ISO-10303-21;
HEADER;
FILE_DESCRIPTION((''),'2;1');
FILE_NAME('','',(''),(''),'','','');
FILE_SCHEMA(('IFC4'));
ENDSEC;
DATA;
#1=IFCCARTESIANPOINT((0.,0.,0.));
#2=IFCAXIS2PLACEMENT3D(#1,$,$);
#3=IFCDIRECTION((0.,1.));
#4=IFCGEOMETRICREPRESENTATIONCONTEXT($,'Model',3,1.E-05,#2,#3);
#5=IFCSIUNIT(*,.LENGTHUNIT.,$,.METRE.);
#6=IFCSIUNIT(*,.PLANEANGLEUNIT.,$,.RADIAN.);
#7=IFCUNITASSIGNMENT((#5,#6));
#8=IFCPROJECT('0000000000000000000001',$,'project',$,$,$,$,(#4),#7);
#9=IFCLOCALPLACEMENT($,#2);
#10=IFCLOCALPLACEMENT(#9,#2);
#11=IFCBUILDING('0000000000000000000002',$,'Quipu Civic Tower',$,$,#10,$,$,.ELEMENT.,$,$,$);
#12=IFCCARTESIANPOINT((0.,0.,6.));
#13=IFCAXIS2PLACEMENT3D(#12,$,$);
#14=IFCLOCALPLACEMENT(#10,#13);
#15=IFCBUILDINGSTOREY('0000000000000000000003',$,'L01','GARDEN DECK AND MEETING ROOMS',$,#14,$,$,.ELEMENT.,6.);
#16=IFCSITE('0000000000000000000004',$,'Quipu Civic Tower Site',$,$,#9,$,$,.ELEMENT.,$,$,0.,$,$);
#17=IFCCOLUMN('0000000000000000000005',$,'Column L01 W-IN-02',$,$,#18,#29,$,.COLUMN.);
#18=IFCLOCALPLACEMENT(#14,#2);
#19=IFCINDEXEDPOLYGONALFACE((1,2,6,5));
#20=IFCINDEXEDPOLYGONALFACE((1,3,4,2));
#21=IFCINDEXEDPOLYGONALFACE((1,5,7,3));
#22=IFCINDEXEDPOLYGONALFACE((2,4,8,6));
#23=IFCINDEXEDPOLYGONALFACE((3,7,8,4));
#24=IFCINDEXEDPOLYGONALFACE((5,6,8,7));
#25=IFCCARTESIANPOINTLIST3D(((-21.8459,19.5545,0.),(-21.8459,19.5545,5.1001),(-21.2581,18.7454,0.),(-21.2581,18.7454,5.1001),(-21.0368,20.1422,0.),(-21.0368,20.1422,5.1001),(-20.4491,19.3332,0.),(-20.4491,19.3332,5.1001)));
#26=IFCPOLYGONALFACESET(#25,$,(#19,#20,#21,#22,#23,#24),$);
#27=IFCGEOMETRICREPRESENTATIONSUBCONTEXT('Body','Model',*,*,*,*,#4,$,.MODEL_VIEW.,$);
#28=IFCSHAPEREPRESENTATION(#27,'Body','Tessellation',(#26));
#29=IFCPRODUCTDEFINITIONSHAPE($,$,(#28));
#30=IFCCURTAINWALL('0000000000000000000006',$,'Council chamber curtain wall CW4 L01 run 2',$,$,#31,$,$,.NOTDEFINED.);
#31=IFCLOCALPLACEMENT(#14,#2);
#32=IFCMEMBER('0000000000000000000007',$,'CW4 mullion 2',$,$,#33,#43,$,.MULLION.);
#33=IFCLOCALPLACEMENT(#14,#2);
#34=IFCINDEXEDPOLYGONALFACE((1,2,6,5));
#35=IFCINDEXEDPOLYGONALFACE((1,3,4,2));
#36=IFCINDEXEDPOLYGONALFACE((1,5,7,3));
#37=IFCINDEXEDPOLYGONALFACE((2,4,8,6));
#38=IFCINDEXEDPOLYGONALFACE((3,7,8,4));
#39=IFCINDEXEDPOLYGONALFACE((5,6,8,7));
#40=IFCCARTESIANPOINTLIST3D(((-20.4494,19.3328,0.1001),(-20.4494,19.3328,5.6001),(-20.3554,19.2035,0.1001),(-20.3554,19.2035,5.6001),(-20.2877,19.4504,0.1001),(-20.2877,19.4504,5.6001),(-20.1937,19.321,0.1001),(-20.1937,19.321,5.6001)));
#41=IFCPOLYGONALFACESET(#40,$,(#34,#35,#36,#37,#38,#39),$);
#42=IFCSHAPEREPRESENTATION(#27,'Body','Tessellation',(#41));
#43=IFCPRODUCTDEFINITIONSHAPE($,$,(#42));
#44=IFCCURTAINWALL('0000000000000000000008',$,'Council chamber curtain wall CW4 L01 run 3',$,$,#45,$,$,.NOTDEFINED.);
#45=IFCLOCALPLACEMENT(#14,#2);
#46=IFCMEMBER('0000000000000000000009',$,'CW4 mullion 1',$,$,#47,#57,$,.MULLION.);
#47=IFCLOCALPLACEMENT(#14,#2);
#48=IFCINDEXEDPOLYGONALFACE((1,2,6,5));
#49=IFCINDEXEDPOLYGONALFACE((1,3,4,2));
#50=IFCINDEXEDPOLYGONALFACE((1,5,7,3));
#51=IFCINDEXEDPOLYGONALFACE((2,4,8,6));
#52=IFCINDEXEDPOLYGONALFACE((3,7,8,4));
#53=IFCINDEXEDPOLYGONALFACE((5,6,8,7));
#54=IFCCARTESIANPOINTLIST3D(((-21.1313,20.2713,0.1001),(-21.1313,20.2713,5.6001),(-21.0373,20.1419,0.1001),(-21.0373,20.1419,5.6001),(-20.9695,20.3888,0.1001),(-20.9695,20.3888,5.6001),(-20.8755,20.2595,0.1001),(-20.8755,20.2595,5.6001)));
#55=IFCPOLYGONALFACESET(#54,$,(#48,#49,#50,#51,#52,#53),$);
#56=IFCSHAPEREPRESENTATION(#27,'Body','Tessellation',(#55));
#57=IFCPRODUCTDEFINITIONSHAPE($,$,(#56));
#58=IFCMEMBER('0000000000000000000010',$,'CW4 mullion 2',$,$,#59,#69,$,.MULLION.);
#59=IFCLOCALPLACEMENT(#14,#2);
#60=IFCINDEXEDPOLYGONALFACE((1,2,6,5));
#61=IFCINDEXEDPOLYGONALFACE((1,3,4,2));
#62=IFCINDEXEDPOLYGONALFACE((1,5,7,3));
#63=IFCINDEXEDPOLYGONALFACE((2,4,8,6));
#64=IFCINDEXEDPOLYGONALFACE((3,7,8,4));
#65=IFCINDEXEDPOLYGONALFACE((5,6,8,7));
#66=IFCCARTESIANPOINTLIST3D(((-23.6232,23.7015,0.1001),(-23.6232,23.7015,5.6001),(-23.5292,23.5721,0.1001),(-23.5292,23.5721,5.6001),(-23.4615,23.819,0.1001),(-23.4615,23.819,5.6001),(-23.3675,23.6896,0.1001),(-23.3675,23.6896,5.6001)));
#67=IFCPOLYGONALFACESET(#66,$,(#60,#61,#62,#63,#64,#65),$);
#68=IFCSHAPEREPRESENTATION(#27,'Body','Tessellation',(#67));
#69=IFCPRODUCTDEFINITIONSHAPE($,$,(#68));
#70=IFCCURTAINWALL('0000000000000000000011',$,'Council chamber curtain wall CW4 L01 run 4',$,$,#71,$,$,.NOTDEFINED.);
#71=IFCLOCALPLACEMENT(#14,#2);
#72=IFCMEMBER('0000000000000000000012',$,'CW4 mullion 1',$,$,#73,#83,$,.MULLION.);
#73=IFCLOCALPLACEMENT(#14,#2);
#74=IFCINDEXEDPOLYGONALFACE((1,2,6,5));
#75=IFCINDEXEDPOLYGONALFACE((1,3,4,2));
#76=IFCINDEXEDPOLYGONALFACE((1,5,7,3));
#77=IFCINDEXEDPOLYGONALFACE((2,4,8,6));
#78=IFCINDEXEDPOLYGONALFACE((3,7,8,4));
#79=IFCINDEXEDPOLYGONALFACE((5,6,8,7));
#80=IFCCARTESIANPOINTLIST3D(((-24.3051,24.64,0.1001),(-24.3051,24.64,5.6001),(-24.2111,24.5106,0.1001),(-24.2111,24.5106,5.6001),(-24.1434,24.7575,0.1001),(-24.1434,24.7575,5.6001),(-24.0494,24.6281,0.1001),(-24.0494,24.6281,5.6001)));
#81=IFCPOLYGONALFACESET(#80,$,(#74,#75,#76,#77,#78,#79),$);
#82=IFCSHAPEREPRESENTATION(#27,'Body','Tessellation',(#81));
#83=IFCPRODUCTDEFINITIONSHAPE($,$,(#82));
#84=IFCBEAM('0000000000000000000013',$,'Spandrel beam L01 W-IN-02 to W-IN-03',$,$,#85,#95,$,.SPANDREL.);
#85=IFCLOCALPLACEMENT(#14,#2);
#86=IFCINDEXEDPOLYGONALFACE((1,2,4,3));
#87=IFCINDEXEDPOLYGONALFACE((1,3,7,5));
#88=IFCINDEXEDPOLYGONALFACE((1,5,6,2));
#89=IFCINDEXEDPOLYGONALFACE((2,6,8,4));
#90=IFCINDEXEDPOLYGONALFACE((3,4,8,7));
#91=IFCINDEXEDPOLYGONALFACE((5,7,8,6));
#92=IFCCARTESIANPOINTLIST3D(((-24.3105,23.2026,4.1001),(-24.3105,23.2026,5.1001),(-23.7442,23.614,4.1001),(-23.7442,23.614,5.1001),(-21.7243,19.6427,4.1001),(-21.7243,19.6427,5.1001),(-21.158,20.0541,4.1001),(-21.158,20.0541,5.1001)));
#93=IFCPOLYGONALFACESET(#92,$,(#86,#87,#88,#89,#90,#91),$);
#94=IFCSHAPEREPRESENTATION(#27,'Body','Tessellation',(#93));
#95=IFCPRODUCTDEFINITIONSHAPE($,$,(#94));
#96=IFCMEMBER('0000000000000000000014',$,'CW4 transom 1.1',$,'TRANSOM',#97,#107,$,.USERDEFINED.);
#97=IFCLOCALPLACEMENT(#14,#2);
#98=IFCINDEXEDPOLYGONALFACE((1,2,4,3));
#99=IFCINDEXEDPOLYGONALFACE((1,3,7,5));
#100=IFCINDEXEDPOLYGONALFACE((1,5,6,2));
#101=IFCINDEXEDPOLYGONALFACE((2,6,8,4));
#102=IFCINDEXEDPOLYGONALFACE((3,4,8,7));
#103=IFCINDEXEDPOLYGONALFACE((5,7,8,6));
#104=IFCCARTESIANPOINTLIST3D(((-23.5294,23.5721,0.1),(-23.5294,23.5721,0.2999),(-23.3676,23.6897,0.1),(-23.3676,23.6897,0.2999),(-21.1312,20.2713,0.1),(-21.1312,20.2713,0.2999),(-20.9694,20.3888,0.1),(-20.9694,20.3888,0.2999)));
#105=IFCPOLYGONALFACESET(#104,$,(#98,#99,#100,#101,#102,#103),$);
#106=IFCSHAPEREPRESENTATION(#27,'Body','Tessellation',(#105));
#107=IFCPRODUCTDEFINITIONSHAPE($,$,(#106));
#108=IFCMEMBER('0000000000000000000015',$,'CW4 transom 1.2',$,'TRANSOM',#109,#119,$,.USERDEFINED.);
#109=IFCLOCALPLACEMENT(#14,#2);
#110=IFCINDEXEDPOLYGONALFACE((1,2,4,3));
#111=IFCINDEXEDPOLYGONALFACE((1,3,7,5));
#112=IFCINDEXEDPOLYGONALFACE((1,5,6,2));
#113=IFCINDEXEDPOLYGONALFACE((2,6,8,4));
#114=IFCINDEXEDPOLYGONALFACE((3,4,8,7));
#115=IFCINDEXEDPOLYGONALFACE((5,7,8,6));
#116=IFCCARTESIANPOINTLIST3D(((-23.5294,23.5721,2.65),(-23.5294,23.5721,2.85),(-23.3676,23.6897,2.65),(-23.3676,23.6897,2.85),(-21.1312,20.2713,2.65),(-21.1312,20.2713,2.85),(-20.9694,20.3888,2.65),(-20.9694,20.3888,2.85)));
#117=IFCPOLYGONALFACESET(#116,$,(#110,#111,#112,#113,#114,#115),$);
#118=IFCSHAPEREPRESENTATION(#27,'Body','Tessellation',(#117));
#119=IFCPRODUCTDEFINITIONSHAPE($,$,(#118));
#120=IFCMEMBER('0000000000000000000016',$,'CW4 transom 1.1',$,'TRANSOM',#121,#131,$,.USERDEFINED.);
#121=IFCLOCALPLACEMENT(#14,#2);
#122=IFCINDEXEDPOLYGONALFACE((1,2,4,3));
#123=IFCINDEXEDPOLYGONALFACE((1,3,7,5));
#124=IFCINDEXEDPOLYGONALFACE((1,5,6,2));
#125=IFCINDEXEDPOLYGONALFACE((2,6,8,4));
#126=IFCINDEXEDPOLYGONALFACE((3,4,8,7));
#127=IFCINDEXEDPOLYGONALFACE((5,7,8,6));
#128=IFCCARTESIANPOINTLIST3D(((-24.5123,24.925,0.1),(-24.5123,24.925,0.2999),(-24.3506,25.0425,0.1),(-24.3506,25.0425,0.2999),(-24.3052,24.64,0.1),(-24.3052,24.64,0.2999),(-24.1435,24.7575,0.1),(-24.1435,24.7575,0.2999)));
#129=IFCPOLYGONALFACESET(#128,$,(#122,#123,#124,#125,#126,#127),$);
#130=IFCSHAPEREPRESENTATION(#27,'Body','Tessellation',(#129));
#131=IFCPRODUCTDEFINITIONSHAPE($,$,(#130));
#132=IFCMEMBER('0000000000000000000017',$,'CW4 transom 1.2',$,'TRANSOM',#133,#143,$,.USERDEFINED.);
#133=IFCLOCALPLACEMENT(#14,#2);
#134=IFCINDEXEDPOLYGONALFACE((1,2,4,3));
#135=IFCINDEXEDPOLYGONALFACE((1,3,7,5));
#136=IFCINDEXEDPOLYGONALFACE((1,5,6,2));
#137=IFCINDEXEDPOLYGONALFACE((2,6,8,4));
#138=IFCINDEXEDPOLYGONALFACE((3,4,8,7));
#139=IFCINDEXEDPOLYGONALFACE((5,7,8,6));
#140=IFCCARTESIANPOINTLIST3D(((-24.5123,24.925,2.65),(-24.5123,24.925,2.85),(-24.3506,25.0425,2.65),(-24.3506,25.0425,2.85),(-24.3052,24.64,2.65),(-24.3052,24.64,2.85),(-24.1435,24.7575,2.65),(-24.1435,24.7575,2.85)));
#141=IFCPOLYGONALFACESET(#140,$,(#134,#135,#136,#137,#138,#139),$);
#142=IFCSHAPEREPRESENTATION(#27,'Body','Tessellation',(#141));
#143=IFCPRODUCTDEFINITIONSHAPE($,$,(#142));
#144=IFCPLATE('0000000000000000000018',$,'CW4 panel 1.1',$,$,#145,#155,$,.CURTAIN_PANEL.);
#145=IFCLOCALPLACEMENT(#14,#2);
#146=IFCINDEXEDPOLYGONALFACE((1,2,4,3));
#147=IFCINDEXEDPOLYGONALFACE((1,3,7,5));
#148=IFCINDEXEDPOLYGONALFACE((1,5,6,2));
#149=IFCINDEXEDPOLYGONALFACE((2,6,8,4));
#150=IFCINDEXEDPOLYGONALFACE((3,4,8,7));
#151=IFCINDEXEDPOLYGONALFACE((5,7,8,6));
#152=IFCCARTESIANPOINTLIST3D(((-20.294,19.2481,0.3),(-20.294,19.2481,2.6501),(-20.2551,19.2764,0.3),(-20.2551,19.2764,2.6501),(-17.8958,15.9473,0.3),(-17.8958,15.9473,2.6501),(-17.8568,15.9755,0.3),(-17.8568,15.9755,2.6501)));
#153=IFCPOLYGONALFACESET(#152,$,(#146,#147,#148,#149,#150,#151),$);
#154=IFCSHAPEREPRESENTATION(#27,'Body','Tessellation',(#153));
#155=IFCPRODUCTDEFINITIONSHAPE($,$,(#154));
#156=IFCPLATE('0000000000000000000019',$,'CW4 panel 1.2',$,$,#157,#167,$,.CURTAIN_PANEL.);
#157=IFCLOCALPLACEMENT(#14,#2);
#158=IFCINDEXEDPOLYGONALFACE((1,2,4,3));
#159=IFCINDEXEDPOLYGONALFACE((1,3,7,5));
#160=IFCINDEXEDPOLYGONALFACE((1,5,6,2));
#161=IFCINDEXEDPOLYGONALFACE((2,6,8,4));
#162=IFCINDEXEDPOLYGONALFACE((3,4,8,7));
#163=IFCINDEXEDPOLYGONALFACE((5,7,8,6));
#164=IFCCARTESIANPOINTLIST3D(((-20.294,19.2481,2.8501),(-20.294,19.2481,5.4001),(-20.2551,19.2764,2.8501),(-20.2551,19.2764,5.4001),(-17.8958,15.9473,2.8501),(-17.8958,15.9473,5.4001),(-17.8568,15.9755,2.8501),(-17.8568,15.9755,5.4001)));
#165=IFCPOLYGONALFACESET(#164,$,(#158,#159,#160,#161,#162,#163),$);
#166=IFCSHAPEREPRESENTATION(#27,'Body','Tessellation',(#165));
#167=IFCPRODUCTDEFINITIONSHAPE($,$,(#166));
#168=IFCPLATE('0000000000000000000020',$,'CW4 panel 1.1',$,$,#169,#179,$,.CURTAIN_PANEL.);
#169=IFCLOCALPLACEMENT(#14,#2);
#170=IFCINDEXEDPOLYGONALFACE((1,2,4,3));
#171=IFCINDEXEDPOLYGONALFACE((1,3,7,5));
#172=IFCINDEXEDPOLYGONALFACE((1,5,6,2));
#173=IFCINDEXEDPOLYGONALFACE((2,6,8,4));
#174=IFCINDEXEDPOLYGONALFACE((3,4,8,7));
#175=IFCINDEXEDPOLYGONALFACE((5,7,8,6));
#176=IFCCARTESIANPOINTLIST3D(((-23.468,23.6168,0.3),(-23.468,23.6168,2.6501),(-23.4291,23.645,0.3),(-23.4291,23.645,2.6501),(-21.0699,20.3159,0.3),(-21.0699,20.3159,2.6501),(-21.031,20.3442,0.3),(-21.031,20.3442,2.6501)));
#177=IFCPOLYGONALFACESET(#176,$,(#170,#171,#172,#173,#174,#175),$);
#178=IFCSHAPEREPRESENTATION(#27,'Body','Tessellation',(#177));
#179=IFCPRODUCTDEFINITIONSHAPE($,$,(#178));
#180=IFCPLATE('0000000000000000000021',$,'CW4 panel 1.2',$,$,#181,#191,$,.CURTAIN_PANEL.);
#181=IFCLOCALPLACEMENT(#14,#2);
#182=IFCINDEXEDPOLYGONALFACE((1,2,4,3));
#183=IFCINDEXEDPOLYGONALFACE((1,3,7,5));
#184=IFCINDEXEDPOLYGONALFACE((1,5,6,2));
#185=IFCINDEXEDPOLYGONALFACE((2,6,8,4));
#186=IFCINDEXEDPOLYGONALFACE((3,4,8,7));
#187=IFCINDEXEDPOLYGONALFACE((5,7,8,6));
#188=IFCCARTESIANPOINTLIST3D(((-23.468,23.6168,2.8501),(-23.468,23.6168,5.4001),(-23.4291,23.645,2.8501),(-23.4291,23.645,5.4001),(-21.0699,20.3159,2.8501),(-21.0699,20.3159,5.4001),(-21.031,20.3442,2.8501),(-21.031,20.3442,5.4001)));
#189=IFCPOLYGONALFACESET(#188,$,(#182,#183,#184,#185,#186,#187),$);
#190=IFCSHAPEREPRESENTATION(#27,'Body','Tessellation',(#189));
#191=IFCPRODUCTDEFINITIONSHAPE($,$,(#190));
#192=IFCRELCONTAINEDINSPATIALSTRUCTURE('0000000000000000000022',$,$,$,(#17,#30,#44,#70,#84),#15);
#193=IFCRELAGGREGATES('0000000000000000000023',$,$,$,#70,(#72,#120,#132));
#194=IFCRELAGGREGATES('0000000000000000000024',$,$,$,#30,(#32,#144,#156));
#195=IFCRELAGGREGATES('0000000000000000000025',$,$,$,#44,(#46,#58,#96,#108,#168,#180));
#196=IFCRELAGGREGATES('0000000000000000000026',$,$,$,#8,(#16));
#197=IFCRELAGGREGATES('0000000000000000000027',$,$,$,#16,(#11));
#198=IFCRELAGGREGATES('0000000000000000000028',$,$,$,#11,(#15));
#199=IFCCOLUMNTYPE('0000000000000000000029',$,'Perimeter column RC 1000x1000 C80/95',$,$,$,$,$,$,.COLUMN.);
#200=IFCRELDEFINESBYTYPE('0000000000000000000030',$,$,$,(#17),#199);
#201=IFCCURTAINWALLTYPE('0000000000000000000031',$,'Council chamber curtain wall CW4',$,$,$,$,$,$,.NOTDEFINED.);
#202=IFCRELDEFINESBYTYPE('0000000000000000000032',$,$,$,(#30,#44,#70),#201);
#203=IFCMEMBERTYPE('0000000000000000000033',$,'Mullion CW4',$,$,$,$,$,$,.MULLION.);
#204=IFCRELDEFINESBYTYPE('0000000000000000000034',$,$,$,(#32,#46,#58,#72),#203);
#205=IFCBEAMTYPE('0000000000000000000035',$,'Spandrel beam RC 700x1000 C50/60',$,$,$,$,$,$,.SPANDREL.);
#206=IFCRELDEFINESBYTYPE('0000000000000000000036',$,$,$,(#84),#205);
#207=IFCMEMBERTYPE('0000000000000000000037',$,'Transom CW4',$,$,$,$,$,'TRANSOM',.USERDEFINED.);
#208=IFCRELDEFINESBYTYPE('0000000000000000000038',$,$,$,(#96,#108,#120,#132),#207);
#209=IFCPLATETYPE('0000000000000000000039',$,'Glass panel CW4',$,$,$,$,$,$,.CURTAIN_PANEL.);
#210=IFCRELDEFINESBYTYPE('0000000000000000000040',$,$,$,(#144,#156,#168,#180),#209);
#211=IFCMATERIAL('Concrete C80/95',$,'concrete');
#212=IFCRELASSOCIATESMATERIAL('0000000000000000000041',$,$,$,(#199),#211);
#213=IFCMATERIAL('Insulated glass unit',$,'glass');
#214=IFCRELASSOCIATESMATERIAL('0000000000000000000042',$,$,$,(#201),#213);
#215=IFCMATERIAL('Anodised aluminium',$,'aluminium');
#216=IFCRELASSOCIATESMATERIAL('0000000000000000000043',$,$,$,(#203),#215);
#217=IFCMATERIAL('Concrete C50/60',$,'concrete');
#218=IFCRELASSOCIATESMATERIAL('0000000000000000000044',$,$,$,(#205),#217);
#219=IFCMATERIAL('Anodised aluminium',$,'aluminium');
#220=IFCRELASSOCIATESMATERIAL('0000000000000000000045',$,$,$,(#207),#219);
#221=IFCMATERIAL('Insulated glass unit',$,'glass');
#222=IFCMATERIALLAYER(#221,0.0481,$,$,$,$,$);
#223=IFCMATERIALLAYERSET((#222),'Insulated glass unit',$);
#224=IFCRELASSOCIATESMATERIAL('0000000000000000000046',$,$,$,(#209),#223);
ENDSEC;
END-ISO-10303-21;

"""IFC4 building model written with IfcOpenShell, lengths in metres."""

from ifc_helpers import new_model, si_unit, direction, frame, origin, origin_2d, place, context, subcontext, project, spatial, rectangle, extrude, material, layer, layer_set, material_profile, profile_set, type_object, element, aggregate, save


model = new_model("IFC4")

# Units and contexts
model_context = context("Model", 3, precision=1e-05, world=origin(), true_north=direction((0.0, 1.0)))
body_context = subcontext(model_context, "Body", "Model", "MODEL_VIEW")
ifc_project = project(units=[si_unit("LENGTHUNIT", "METRE"), si_unit("PLANEANGLEUNIT", "RADIAN")], contexts=[model_context])

# Site, building, storey
site_placement = place(None, origin())
site = spatial("IfcSite", under=ifc_project, at=site_placement, Name="Quipu Civic Tower Site", CompositionType="ELEMENT", RefElevation=0.0)
building_placement = place(site_placement, origin())
building = spatial("IfcBuilding", under=site, at=building_placement, Name="Quipu Civic Tower", CompositionType="ELEMENT")
storey_placement = place(building_placement, frame((0.0, 0.0, 6.0)))
storey = spatial("IfcBuildingStorey", under=building, at=storey_placement, Name="L01", Description="GARDEN DECK AND MEETING ROOMS", CompositionType="ELEMENT", Elevation=6.0)

# Column
ifc_material_1 = material(Name="Concrete C80/95", Category="concrete")
ifc_material_profile_1 = material_profile(ifc_material_1, rectangle(XDim=1.0, YDim=1.0, at=origin_2d()), Name="RC1000x1000")
ifc_profile_set_1 = profile_set([ifc_material_profile_1], Name="Concrete C80/95")
column_type = type_object("IfcColumnType", Name="Perimeter column RC 1000x1000 C80/95", PredefinedType="COLUMN", material=ifc_profile_set_1)
column_placement = place(storey_placement, frame((-21.1475, 19.4438, 0.0), z_axis=(0.0, 0.0, 1.0), x_axis=(-0.587785, 0.809017, 0.0)))
element("IfcColumn", 1, at=column_placement, inside=storey, type_object=column_type, Name="Column L01 W-IN-02", PredefinedType="COLUMN", context=body_context, shape_type="SweptSolid", body=[
    extrude(rectangle(XDim=1.0, YDim=1.0, at=origin_2d()), origin(), (0.0, 0.0, 1.0), 5.1001),
])

# Curtain wall, member
ifc_material_2 = material(Name="Insulated glass unit", Category="glass")
curtain_wall_type = type_object("IfcCurtainWallType", Name="Council chamber curtain wall CW4", PredefinedType="NOTDEFINED", material=ifc_material_2)
curtain_wall_1_placement = place(storey_placement, origin())
curtain_wall_1 = element("IfcCurtainWall", 2, at=curtain_wall_1_placement, inside=storey, type_object=curtain_wall_type, Name="Council chamber curtain wall CW4 L01 run 2", PredefinedType="NOTDEFINED")
ifc_material_3 = material(Name="Anodised aluminium", Category="aluminium")
ifc_material_profile_2 = material_profile(ifc_material_3, rectangle(XDim=0.2, YDim=0.1599, at=origin_2d()), Name="RECT 200x160")
ifc_profile_set_2 = profile_set([ifc_material_profile_2], Name="Anodised aluminium")
member_type_1 = type_object("IfcMemberType", Name="Mullion CW4", PredefinedType="MULLION", material=ifc_profile_set_2)
member_1_placement = place(storey_placement, frame((-20.3215, 19.3269, 0.1001), z_axis=(0.0, 0.0, 1.0), x_axis=(-0.809006, -0.5878, 0.0)))
member_1 = element("IfcMember", 3, at=member_1_placement, type_object=member_type_1, Name="CW4 mullion 2", PredefinedType="MULLION", context=body_context, shape_type="SweptSolid", body=[
    extrude(rectangle(XDim=0.2, YDim=0.1599, at=origin_2d()), origin(), (0.0, 0.0, 1.0), 5.5),
])

# Curtain wall, members
curtain_wall_2_placement = place(storey_placement, origin())
curtain_wall_2 = element("IfcCurtainWall", 4, at=curtain_wall_2_placement, inside=storey, type_object=curtain_wall_type, Name="Council chamber curtain wall CW4 L01 run 3", PredefinedType="NOTDEFINED")
member_2_placement = place(storey_placement, frame((-21.0034, 20.2654, 0.1001), z_axis=(0.0, 0.0, 1.0), x_axis=(-0.809025, -0.587774, 0.0)))
member_2 = element("IfcMember", 5, at=member_2_placement, type_object=member_type_1, Name="CW4 mullion 1", PredefinedType="MULLION", context=body_context, shape_type="SweptSolid", body=[
    extrude(rectangle(XDim=0.2, YDim=0.1599, at=origin_2d()), origin(), (0.0, 0.0, 1.0), 5.5),
])
member_3_placement = place(storey_placement, frame((-23.4954, 23.6956, 0.1001), z_axis=(0.0, 0.0, 1.0), x_axis=(-0.809025, -0.587774, 0.0)))
member_3 = element("IfcMember", 6, at=member_3_placement, type_object=member_type_1, Name="CW4 mullion 2", PredefinedType="MULLION", context=body_context, shape_type="SweptSolid", body=[
    extrude(rectangle(XDim=0.2, YDim=0.1599, at=origin_2d()), origin(), (0.0, 0.0, 1.0), 5.5),
])

# Curtain wall, member
curtain_wall_3_placement = place(storey_placement, origin())
curtain_wall_3 = element("IfcCurtainWall", 7, at=curtain_wall_3_placement, inside=storey, type_object=curtain_wall_type, Name="Council chamber curtain wall CW4 L01 run 4", PredefinedType="NOTDEFINED")
member_4_placement = place(storey_placement, frame((-24.1772, 24.634, 0.1001), z_axis=(0.0, 0.0, 1.0), x_axis=(-0.809013, -0.587791, 0.0)))
member_4 = element("IfcMember", 8, at=member_4_placement, type_object=member_type_1, Name="CW4 mullion 1", PredefinedType="MULLION", context=body_context, shape_type="SweptSolid", body=[
    extrude(rectangle(XDim=0.2, YDim=0.1599, at=origin_2d()), origin(), (0.0, 0.0, 1.0), 5.5),
])

# Beam
ifc_material_4 = material(Name="Concrete C50/60", Category="concrete")
ifc_material_profile_3 = material_profile(ifc_material_4, rectangle(XDim=0.7, YDim=1.0, at=origin_2d()), Name="RC700x1000")
ifc_profile_set_3 = profile_set([ifc_material_profile_3], Name="Concrete C50/60")
beam_type = type_object("IfcBeamType", Name="Spandrel beam RC 700x1000 C50/60", PredefinedType="SPANDREL", material=ifc_profile_set_3)
beam_placement = place(storey_placement, frame((-21.4412, 19.8484, 4.6001), z_axis=(-0.587759, 0.809036, 0.0), x_axis=(-0.809036, -0.587759, 0.0)))
element("IfcBeam", 9, at=beam_placement, inside=storey, type_object=beam_type, Name="Spandrel beam L01 W-IN-02 to W-IN-03", PredefinedType="SPANDREL", context=body_context, shape_type="SweptSolid", body=[
    extrude(rectangle(XDim=0.7, YDim=1.0, at=origin_2d()), origin(), (0.0, 0.0, 1.0), 4.4001),
])

# Members
ifc_material_5 = material(Name="Anodised aluminium", Category="aluminium")
ifc_material_profile_4 = material_profile(ifc_material_5, rectangle(XDim=0.2, YDim=0.2, at=origin_2d()), Name="RECT 200x200")
ifc_profile_set_4 = profile_set([ifc_material_profile_4], Name="Anodised aluminium")
member_type_2 = type_object("IfcMemberType", Name="Transom CW4", ElementType="TRANSOM", PredefinedType="USERDEFINED", material=ifc_profile_set_4)
member_5_placement = place(storey_placement, frame((-21.0503, 20.3301, 0.2), z_axis=(-0.587791, 0.809013, 0.0), x_axis=(-0.809013, -0.587791, 0.0)))
member_5 = element("IfcMember", 10, at=member_5_placement, type_object=member_type_2, Name="CW4 transom 1.1", ObjectType="TRANSOM", PredefinedType="USERDEFINED", context=body_context, shape_type="SweptSolid", body=[
    extrude(rectangle(XDim=0.2, YDim=0.2, at=origin_2d()), origin(), (0.0, 0.0, 1.0), 4.0801),
])
member_6_placement = place(storey_placement, frame((-21.0503, 20.3301, 2.75), z_axis=(-0.587791, 0.809013, 0.0), x_axis=(-0.809013, -0.587791, 0.0)))
member_6 = element("IfcMember", 11, at=member_6_placement, type_object=member_type_2, Name="CW4 transom 1.2", ObjectType="TRANSOM", PredefinedType="USERDEFINED", context=body_context, shape_type="SweptSolid", body=[
    extrude(rectangle(XDim=0.2, YDim=0.2, at=origin_2d()), origin(), (0.0, 0.0, 1.0), 4.0801),
])
member_7_placement = place(storey_placement, frame((-24.2244, 24.6987, 0.2), z_axis=(-0.587842, 0.808976, 0.0), x_axis=(-0.808976, -0.587842, 0.0)))
member_7 = element("IfcMember", 12, at=member_7_placement, type_object=member_type_2, Name="CW4 transom 1.1", ObjectType="TRANSOM", PredefinedType="USERDEFINED", context=body_context, shape_type="SweptSolid", body=[
    extrude(rectangle(XDim=0.2, YDim=0.2, at=origin_2d()), origin(), (0.0, 0.0, 1.0), 0.3523),
])
member_8_placement = place(storey_placement, frame((-24.2244, 24.6987, 2.75), z_axis=(-0.587842, 0.808976, 0.0), x_axis=(-0.808976, -0.587842, 0.0)))
member_8 = element("IfcMember", 13, at=member_8_placement, type_object=member_type_2, Name="CW4 transom 1.2", ObjectType="TRANSOM", PredefinedType="USERDEFINED", context=body_context, shape_type="SweptSolid", body=[
    extrude(rectangle(XDim=0.2, YDim=0.2, at=origin_2d()), origin(), (0.0, 0.0, 1.0), 0.3523),
])
aggregate(curtain_wall_3, [member_4, member_7, member_8])

# Plates
ifc_material_6 = material(Name="Insulated glass unit", Category="glass")
ifc_layer = layer(ifc_material_6, 0.0481)
ifc_layer_set = layer_set([ifc_layer], Name="Insulated glass unit")
plate_type_1 = type_object("IfcPlateType", Name="Glass panel CW4", PredefinedType="CURTAIN_PANEL", material=ifc_layer_set)
plate_1_placement = place(storey_placement, frame((-19.0754, 17.6118, 0.3), z_axis=(0.0, 0.0, 1.0), x_axis=(-0.5878, 0.809006, 0.0)))
plate_1 = element("IfcPlate", 14, at=plate_1_placement, type_object=plate_type_1, Name="CW4 panel 1.1", PredefinedType="CURTAIN_PANEL", context=body_context, shape_type="SweptSolid", body=[
    extrude(rectangle(XDim=4.0801, YDim=0.0481, at=origin_2d()), origin(), (0.0, 0.0, 1.0), 2.3501),
])
plate_2_placement = place(storey_placement, frame((-19.0754, 17.6118, 2.8501), z_axis=(0.0, 0.0, 1.0), x_axis=(-0.5878, 0.809006, 0.0)))
plate_2 = element("IfcPlate", 15, at=plate_2_placement, type_object=plate_type_1, Name="CW4 panel 1.2", PredefinedType="CURTAIN_PANEL", context=body_context, shape_type="SweptSolid", body=[
    extrude(rectangle(XDim=4.0801, YDim=0.0481, at=origin_2d()), origin(), (0.0, 0.0, 1.0), 2.55),
])
aggregate(curtain_wall_1, [member_1, plate_1, plate_2])
plate_3_placement = place(storey_placement, frame((-22.2495, 21.9805, 0.3), z_axis=(0.0, 0.0, 1.0), x_axis=(-0.587774, 0.809025, 0.0)))
plate_3 = element("IfcPlate", 16, at=plate_3_placement, type_object=plate_type_1, Name="CW4 panel 1.1", PredefinedType="CURTAIN_PANEL", context=body_context, shape_type="SweptSolid", body=[
    extrude(rectangle(XDim=4.0801, YDim=0.0481, at=origin_2d()), origin(), (0.0, 0.0, 1.0), 2.3501),
])
plate_4_placement = place(storey_placement, frame((-22.2495, 21.9805, 2.8501), z_axis=(0.0, 0.0, 1.0), x_axis=(-0.587774, 0.809025, 0.0)))
plate_4 = element("IfcPlate", 17, at=plate_4_placement, type_object=plate_type_1, Name="CW4 panel 1.2", PredefinedType="CURTAIN_PANEL", context=body_context, shape_type="SweptSolid", body=[
    extrude(rectangle(XDim=4.0801, YDim=0.0481, at=origin_2d()), origin(), (0.0, 0.0, 1.0), 2.55),
])
aggregate(curtain_wall_2, [member_2, member_3, member_5, member_6, plate_3, plate_4])

save(model, "model.ifc")
